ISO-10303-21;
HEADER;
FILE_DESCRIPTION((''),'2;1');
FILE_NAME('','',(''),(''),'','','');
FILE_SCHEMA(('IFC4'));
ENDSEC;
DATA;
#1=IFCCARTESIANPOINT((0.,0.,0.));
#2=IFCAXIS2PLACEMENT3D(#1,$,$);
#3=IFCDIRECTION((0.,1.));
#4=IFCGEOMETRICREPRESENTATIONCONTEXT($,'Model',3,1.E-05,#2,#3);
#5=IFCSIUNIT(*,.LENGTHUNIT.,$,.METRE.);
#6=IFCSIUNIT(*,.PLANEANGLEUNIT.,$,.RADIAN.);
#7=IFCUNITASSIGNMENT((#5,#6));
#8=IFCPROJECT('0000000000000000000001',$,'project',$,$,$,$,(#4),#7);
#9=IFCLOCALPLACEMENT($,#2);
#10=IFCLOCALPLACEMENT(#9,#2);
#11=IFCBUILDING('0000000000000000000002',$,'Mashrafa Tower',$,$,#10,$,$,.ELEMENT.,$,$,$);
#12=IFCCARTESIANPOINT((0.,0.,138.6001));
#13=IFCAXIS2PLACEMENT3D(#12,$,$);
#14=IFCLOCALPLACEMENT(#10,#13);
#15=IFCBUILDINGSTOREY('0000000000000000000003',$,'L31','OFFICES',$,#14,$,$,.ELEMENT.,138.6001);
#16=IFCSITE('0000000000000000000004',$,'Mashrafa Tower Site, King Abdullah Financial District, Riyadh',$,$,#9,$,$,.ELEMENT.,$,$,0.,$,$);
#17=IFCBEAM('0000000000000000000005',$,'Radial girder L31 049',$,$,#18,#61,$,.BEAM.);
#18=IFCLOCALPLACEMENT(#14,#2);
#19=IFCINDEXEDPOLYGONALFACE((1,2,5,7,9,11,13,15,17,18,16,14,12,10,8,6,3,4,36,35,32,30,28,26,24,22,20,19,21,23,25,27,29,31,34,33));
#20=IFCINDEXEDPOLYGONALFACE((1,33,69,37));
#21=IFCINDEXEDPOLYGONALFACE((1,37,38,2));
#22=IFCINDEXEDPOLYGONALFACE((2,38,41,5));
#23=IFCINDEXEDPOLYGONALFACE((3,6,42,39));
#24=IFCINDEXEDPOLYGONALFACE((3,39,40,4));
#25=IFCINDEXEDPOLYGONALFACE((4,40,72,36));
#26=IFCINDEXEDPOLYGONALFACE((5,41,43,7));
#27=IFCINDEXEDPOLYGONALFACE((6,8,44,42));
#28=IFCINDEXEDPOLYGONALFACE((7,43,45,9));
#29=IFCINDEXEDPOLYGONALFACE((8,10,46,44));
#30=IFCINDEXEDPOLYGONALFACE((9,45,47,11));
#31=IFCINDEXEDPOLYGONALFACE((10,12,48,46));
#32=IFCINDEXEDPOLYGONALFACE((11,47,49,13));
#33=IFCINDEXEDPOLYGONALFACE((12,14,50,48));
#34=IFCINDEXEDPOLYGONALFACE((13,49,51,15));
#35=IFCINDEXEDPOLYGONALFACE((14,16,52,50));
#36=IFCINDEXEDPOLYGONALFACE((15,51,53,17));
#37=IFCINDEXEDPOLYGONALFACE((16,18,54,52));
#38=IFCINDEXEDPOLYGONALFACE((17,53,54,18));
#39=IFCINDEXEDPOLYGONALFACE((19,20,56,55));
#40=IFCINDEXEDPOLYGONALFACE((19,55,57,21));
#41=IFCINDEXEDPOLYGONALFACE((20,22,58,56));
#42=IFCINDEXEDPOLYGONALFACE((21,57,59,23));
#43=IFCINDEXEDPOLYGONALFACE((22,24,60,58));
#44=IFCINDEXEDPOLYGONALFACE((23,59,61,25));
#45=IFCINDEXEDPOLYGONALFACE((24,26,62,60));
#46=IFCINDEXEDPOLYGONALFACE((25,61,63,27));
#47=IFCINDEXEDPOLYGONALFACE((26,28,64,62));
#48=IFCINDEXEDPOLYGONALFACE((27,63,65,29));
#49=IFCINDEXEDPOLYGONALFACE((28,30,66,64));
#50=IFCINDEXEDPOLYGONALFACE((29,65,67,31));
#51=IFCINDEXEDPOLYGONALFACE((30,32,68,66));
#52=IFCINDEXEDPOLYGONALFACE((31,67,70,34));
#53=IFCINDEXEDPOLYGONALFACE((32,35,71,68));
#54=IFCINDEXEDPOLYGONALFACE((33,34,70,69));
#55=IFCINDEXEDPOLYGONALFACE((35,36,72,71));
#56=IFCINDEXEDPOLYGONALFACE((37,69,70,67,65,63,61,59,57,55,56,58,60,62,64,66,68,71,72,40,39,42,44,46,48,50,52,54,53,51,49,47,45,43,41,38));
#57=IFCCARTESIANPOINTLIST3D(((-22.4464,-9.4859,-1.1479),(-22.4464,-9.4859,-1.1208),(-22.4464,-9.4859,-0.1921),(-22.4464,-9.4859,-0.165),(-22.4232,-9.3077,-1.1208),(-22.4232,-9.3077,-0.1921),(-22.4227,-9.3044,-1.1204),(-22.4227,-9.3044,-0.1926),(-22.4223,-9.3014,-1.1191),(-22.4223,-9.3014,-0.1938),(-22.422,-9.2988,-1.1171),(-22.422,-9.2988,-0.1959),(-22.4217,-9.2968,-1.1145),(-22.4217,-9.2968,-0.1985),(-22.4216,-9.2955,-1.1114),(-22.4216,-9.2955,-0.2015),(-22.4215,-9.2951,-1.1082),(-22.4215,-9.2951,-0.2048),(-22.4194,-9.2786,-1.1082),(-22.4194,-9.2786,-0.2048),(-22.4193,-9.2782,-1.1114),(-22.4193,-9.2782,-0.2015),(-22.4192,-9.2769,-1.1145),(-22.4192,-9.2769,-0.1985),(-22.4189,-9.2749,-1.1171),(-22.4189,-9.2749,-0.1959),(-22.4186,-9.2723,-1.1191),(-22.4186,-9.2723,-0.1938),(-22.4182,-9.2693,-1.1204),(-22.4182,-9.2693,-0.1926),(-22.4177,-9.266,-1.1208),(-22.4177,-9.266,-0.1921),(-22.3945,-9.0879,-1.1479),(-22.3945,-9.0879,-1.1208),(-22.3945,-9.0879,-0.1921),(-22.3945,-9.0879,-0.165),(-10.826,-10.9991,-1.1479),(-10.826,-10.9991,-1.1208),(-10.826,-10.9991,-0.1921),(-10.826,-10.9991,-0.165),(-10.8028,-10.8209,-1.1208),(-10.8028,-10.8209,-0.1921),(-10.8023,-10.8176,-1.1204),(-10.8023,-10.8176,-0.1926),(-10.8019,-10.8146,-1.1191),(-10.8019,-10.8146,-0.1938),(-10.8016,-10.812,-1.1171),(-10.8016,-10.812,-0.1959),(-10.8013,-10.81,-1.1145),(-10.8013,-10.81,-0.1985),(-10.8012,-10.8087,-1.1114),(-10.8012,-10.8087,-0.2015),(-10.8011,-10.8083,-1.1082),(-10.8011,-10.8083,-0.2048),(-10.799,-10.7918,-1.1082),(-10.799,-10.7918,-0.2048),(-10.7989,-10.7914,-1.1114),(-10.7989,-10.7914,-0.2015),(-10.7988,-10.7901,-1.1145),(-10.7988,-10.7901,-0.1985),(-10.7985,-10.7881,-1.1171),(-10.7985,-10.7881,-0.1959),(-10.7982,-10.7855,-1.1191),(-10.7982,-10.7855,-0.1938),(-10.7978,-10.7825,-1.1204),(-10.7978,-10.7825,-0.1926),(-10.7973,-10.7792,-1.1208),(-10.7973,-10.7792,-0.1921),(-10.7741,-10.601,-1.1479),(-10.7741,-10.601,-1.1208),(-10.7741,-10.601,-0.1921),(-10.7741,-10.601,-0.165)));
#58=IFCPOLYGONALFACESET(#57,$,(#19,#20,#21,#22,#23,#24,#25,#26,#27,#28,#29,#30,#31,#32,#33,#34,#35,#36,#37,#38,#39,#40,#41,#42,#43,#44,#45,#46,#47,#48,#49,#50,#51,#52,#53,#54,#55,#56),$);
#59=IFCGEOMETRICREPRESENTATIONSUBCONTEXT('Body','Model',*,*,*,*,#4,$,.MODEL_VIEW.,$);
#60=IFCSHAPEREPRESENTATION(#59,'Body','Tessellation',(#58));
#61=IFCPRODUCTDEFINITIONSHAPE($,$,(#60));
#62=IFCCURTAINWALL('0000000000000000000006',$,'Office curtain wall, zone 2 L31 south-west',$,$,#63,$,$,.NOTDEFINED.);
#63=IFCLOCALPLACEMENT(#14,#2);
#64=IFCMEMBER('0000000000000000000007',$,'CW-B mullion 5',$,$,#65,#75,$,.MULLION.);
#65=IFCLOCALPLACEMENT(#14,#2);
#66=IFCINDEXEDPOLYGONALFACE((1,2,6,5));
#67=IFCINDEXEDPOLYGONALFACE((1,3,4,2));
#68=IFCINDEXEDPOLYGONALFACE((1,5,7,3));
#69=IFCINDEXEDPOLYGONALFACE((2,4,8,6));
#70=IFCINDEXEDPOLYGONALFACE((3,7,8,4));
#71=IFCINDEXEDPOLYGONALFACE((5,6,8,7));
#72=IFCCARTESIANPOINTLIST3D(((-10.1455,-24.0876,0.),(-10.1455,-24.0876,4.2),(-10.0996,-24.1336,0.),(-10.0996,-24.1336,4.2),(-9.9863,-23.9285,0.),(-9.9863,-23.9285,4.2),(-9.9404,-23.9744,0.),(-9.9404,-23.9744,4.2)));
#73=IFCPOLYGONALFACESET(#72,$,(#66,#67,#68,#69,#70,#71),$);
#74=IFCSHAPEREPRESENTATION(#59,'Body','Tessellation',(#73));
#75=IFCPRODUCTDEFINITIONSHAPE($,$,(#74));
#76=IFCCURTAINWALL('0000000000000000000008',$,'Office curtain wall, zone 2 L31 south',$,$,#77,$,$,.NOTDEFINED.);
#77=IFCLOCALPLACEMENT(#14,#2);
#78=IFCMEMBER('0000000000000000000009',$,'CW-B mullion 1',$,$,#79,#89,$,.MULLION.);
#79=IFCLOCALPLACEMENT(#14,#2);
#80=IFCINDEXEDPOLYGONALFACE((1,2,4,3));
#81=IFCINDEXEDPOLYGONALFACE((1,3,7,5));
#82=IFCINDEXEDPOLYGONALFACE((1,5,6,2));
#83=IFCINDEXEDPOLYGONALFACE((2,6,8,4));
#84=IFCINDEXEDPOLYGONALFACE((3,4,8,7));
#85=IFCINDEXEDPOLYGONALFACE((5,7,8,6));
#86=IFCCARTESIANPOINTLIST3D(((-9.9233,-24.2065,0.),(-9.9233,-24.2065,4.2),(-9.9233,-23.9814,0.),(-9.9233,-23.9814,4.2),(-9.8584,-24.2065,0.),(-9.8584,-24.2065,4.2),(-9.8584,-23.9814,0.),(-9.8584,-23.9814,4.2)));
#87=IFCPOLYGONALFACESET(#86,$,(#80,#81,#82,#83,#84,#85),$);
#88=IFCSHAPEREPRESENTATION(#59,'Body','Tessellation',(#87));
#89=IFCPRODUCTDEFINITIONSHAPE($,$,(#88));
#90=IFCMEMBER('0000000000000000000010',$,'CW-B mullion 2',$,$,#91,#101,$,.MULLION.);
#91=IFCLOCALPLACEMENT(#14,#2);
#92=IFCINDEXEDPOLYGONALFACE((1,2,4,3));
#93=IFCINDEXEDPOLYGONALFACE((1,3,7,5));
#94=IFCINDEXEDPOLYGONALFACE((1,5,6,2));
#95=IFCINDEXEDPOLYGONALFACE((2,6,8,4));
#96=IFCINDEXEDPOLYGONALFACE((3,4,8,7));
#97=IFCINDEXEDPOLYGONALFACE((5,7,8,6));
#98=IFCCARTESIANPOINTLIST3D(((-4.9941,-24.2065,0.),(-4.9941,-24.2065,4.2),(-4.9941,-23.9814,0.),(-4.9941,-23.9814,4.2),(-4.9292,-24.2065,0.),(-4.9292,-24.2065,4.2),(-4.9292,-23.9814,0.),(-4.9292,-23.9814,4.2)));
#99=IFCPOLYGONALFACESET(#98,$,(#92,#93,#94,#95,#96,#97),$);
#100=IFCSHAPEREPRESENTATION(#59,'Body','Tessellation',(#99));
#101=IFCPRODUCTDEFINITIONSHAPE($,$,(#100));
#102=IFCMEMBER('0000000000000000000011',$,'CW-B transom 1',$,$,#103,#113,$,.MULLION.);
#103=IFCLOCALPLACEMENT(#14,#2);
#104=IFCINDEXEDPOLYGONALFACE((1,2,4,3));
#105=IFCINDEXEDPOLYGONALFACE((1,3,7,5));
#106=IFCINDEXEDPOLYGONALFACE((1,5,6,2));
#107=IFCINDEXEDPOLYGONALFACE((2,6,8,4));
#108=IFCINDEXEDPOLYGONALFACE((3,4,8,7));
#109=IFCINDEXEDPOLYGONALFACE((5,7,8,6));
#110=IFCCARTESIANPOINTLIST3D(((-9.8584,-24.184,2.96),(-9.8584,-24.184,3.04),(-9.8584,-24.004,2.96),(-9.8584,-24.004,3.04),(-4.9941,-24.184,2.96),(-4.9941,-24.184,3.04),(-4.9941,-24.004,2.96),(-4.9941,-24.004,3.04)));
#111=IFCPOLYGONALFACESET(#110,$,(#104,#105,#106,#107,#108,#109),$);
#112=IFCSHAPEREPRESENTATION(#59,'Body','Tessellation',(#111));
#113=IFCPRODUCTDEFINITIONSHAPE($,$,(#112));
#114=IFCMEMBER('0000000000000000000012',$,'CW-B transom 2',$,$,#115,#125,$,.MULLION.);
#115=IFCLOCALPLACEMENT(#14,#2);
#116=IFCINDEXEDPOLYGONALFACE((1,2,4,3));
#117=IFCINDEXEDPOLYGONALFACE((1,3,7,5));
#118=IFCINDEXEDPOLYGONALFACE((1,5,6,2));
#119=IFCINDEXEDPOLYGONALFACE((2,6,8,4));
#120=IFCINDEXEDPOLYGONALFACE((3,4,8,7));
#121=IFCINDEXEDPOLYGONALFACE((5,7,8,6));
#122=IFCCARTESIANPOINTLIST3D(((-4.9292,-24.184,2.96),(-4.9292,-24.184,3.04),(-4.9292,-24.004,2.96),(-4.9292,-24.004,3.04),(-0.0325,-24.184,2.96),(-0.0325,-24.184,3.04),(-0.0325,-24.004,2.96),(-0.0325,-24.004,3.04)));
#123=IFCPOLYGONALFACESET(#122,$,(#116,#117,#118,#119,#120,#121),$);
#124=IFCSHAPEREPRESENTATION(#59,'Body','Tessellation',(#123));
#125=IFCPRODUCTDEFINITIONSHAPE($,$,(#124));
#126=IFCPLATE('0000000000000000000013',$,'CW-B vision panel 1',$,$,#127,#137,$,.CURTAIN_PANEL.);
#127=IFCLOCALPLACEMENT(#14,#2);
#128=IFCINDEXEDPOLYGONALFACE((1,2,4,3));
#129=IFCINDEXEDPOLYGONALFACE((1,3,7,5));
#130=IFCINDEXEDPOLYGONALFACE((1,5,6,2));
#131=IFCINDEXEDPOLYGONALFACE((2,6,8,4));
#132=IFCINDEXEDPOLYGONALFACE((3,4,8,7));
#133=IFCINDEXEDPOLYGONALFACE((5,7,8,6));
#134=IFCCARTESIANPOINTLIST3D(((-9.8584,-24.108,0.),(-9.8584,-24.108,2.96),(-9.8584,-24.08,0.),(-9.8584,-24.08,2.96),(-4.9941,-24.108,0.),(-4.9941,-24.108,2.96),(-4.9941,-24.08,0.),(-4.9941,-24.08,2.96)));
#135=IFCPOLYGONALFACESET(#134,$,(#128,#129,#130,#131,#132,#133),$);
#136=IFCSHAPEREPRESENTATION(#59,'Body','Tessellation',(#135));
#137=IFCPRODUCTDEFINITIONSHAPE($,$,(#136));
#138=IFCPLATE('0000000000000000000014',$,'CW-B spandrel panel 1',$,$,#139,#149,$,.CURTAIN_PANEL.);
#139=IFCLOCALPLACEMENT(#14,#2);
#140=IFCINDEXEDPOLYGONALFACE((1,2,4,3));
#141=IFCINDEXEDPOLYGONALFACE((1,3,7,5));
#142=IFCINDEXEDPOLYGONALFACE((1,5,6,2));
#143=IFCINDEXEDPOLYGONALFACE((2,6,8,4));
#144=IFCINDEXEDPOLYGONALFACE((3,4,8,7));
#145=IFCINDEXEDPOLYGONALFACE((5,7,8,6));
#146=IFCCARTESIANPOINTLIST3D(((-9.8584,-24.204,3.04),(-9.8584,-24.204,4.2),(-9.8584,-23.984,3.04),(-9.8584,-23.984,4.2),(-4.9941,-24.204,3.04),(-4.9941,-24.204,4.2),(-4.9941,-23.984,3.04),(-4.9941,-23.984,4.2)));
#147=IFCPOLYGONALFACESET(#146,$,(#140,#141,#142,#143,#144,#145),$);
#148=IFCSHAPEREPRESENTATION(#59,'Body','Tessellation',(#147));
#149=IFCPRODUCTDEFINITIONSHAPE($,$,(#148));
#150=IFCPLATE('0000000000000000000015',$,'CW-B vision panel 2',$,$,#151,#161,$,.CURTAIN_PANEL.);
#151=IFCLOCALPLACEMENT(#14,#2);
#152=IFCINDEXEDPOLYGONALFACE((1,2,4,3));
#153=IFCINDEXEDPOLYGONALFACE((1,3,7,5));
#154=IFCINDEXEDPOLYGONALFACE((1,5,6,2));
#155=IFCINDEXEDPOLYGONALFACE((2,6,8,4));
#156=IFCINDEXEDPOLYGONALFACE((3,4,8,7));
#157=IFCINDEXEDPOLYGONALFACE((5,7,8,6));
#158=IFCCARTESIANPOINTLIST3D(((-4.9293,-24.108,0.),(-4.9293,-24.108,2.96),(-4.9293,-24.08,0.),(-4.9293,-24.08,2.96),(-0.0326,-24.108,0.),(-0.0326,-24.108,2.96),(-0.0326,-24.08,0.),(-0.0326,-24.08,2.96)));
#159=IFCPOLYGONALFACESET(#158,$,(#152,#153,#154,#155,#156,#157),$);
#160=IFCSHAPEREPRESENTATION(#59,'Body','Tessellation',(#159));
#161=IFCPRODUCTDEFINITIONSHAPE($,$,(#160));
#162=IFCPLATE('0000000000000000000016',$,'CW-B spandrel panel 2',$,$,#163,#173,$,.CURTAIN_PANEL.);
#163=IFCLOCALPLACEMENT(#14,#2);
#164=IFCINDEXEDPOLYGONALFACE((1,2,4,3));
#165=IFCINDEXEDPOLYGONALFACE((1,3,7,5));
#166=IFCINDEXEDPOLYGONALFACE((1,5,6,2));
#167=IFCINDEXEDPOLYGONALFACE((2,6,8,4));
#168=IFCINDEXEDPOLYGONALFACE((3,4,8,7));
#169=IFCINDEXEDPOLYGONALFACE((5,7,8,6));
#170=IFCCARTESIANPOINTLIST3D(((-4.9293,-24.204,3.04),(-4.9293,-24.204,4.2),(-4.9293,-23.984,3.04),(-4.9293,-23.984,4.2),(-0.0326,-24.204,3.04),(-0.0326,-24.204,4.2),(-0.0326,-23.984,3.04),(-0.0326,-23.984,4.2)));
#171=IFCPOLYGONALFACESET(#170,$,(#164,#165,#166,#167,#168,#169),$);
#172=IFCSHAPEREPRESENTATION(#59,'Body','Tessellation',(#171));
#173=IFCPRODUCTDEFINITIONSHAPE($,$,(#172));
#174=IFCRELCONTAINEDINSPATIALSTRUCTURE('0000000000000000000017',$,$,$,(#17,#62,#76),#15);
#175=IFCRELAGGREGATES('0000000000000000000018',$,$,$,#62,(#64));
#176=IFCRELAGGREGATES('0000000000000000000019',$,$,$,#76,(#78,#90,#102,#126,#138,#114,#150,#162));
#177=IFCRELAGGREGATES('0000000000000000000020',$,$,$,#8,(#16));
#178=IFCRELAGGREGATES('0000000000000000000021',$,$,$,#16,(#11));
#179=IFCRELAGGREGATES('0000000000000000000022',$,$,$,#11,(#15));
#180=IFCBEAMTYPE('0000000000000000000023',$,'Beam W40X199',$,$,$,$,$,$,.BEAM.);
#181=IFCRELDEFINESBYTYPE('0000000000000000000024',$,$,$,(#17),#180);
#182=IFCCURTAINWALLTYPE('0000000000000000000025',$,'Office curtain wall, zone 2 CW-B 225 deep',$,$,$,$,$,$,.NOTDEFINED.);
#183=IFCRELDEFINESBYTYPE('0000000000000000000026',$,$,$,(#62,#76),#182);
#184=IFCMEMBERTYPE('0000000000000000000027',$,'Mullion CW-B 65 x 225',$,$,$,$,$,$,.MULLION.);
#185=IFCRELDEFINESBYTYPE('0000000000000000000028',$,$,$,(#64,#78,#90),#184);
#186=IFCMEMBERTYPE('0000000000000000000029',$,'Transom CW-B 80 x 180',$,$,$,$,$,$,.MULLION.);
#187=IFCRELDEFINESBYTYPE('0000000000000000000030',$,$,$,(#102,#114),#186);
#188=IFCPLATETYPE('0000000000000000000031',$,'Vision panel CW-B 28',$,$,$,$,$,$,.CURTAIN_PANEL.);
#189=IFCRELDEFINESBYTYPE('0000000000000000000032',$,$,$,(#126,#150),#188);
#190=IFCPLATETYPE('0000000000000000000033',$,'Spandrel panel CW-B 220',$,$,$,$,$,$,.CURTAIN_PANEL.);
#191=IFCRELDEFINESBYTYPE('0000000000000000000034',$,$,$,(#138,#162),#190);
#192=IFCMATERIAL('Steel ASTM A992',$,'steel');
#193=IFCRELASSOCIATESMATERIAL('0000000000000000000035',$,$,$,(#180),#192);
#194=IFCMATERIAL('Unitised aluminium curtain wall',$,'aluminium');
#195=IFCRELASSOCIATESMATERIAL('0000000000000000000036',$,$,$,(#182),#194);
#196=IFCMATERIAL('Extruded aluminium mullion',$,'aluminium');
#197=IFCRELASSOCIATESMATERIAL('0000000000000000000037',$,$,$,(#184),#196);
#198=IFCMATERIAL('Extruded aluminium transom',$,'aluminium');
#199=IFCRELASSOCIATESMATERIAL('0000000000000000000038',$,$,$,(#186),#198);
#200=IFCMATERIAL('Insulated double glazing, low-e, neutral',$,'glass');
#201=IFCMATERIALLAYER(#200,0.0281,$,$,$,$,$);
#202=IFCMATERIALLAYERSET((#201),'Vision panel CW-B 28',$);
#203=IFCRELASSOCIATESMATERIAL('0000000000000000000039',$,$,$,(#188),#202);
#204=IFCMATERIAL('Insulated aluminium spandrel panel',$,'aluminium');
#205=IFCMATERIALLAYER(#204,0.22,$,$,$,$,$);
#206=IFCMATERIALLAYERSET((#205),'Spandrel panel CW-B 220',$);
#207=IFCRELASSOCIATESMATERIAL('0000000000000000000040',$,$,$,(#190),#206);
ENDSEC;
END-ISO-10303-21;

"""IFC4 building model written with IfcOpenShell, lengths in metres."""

from ifc_helpers import new_model, si_unit, direction, frame, origin, origin_2d, place, context, subcontext, project, spatial, rectangle, i_section, extrude, source, transform, mapped, material, layer, layer_set, material_profile, profile_set, type_object, type_shapes, element, aggregate, save


model = new_model("IFC4")

# Units and contexts
model_context = context("Model", 3, precision=1e-05, world=origin(), true_north=direction((0.0, 1.0)))
body_context = subcontext(model_context, "Body", "Model", "MODEL_VIEW")
ifc_project = project(units=[si_unit("LENGTHUNIT", "METRE"), si_unit("PLANEANGLEUNIT", "RADIAN")], contexts=[model_context])

# Site, building, storey
site_placement = place(None, origin())
site = spatial("IfcSite", under=ifc_project, at=site_placement, Name="Mashrafa Tower Site, King Abdullah Financial District, Riyadh", CompositionType="ELEMENT", RefElevation=0.0)
building_placement = place(site_placement, origin())
building = spatial("IfcBuilding", under=site, at=building_placement, Name="Mashrafa Tower", CompositionType="ELEMENT")
storey_placement = place(building_placement, frame((0.0, 0.0, 138.6001)))
storey = spatial("IfcBuildingStorey", under=building, at=storey_placement, Name="L31", Description="OFFICES", CompositionType="ELEMENT", Elevation=138.6001)

# Beam
ifc_material_1 = material(Name="Steel ASTM A992", Category="steel")
ifc_material_profile_1 = material_profile(ifc_material_1, i_section(OverallWidth=0.4014, OverallDepth=0.9829, WebThickness=0.0166, FlangeThickness=0.0271, FilletRadius=0.0127, at=origin_2d()), Name="W40X199")
ifc_profile_set_1 = profile_set([ifc_material_profile_1], Name="Steel ASTM A992")
beam_type_1 = type_object("IfcBeamType", Name="Beam W40X199", PredefinedType="BEAM", material=ifc_profile_set_1)
beam_1_placement = place(storey_placement, frame((-10.8, -10.8, -0.6565), z_axis=(-0.991628, 0.129128, 0.0), x_axis=(-0.129128, -0.991628, 0.0)))
element("IfcBeam", 1, at=beam_1_placement, inside=storey, type_object=beam_type_1, Name="Radial girder L31 049", PredefinedType="BEAM", context=body_context, shape_type="SweptSolid", body=[
    extrude(i_section(OverallWidth=0.4014, OverallDepth=0.9829, WebThickness=0.0166, FlangeThickness=0.0271, FilletRadius=0.0127, at=origin_2d()), origin(), (0.0, 0.0, 1.0), 11.7185),
])

# Curtain wall, member
ifc_material_2 = material(Name="Unitised aluminium curtain wall", Category="aluminium")
curtain_wall_type = type_object("IfcCurtainWallType", Name="Office curtain wall, zone 2 CW-B 225 deep", PredefinedType="NOTDEFINED", material=ifc_material_2)
curtain_wall_1_placement = place(storey_placement, origin())
curtain_wall_1 = element("IfcCurtainWall", 2, at=curtain_wall_1_placement, inside=storey, type_object=curtain_wall_type, Name="Office curtain wall, zone 2 L31 south-west", PredefinedType="NOTDEFINED")
ifc_material_3 = material(Name="Extruded aluminium mullion", Category="aluminium")
ifc_material_profile_2 = material_profile(ifc_material_3, rectangle(XDim=0.2251, YDim=0.0649, at=origin_2d()), Name="Mullion 65x225")
ifc_profile_set_2 = profile_set([ifc_material_profile_2], Name="Extruded aluminium mullion")
member_type_1 = type_object("IfcMemberType", Name="Mullion CW-B 65 x 225", PredefinedType="MULLION", material=ifc_profile_set_2)
shared_shape_1 = source(origin(), body_context, "Body", "SweptSolid", [
    extrude(rectangle(XDim=0.2251, YDim=0.0649, at=origin_2d()), origin(), (0.0, 0.0, 1.0), 4.2),
])
type_shapes(member_type_1, [shared_shape_1])
member_1_placement = place(storey_placement, frame((-10.043, -24.031, 0.0), z_axis=(0.0, 0.0, 1.0), x_axis=(0.707107, 0.707107, 0.0)))
member_1 = element("IfcMember", 3, at=member_1_placement, type_object=member_type_1, Name="CW-B mullion 5", PredefinedType="MULLION", context=body_context, shape_type="MappedRepresentation", body=[
    mapped(shared_shape_1, transform((0.0, 0.0, 0.0))),
])
aggregate(curtain_wall_1, [member_1])

# Curtain wall, members, plates
curtain_wall_2_placement = place(storey_placement, origin())
curtain_wall_2 = element("IfcCurtainWall", 4, at=curtain_wall_2_placement, inside=storey, type_object=curtain_wall_type, Name="Office curtain wall, zone 2 L31 south", PredefinedType="NOTDEFINED")
member_2_placement = place(storey_placement, frame((-9.8909, -24.094, 0.0), z_axis=(0.0, 0.0, 1.0), x_axis=(0.0, 1.0, 0.0)))
member_2 = element("IfcMember", 5, at=member_2_placement, type_object=member_type_1, Name="CW-B mullion 1", PredefinedType="MULLION", context=body_context, shape_type="MappedRepresentation", body=[
    mapped(shared_shape_1, transform((0.0, 0.0, 0.0))),
])
member_3_placement = place(storey_placement, frame((-4.9617, -24.094, 0.0), z_axis=(0.0, 0.0, 1.0), x_axis=(0.0, 1.0, 0.0)))
member_3 = element("IfcMember", 6, at=member_3_placement, type_object=member_type_1, Name="CW-B mullion 2", PredefinedType="MULLION", context=body_context, shape_type="MappedRepresentation", body=[
    mapped(shared_shape_1, transform((0.0, 0.0, 0.0))),
])
ifc_material_4 = material(Name="Extruded aluminium transom", Category="aluminium")
ifc_material_profile_3 = material_profile(ifc_material_4, rectangle(XDim=0.1799, YDim=0.0801, at=origin_2d()), Name="Transom 80x180")
ifc_profile_set_3 = profile_set([ifc_material_profile_3], Name="Extruded aluminium transom")
member_type_2 = type_object("IfcMemberType", Name="Transom CW-B 80 x 180", PredefinedType="MULLION", material=ifc_profile_set_3)
shared_shape_2 = source(origin(), body_context, "Body", "SweptSolid", [
    extrude(rectangle(XDim=0.1799, YDim=0.0801, at=origin_2d()), origin(), (0.0, 0.0, 1.0), 4.8643),
])
member_4_placement = place(storey_placement, frame((-9.8584, -24.094, 3.0), z_axis=(1.0, 0.0, 0.0), x_axis=(0.0, 1.0, 0.0)))
member_4 = element("IfcMember", 7, at=member_4_placement, type_object=member_type_2, Name="CW-B transom 1", PredefinedType="MULLION", context=body_context, shape_type="MappedRepresentation", body=[
    mapped(shared_shape_2, transform((0.0, 0.0, 0.0))),
])
shared_shape_3 = source(origin(), body_context, "Body", "SweptSolid", [
    extrude(rectangle(XDim=0.1799, YDim=0.0801, at=origin_2d()), origin(), (0.0, 0.0, 1.0), 4.8967),
])
type_shapes(member_type_2, [shared_shape_2, shared_shape_3])
member_5_placement = place(storey_placement, frame((-4.9292, -24.094, 3.0), z_axis=(1.0, 0.0, 0.0), x_axis=(0.0, 1.0, 0.0)))
member_5 = element("IfcMember", 8, at=member_5_placement, type_object=member_type_2, Name="CW-B transom 2", PredefinedType="MULLION", context=body_context, shape_type="MappedRepresentation", body=[
    mapped(shared_shape_3, transform((0.0, 0.0, 0.0))),
])
ifc_material_5 = material(Name="Insulated double glazing, low-e, neutral", Category="glass")
ifc_layer_1 = layer(ifc_material_5, 0.0281)
ifc_layer_set_1 = layer_set([ifc_layer_1], Name="Vision panel CW-B 28")
plate_type_1 = type_object("IfcPlateType", Name="Vision panel CW-B 28", PredefinedType="CURTAIN_PANEL", material=ifc_layer_set_1)
shared_shape_4 = source(origin(), body_context, "Body", "SweptSolid", [
    extrude(rectangle(XDim=4.8643, YDim=0.0281, at=origin_2d()), origin(), (0.0, 0.0, 1.0), 2.96),
])
plate_1_placement = place(storey_placement, frame((-7.4263, -24.094, 0.0), z_axis=(0.0, 0.0, 1.0), x_axis=(1.0, 0.0, 0.0)))
plate_1 = element("IfcPlate", 9, at=plate_1_placement, type_object=plate_type_1, Name="CW-B vision panel 1", PredefinedType="CURTAIN_PANEL", context=body_context, shape_type="MappedRepresentation", body=[
    mapped(shared_shape_4, transform((0.0, 0.0, 0.0))),
])
ifc_material_6 = material(Name="Insulated aluminium spandrel panel", Category="aluminium")
ifc_layer_2 = layer(ifc_material_6, 0.22)
ifc_layer_set_2 = layer_set([ifc_layer_2], Name="Spandrel panel CW-B 220")
plate_type_2 = type_object("IfcPlateType", Name="Spandrel panel CW-B 220", PredefinedType="CURTAIN_PANEL", material=ifc_layer_set_2)
shared_shape_5 = source(origin(), body_context, "Body", "SweptSolid", [
    extrude(rectangle(XDim=4.8643, YDim=0.22, at=origin_2d()), origin(), (0.0, 0.0, 1.0), 1.1599),
])
plate_2_placement = place(storey_placement, frame((-7.4263, -24.094, 3.04), z_axis=(0.0, 0.0, 1.0), x_axis=(1.0, 0.0, 0.0)))
plate_2 = element("IfcPlate", 10, at=plate_2_placement, type_object=plate_type_2, Name="CW-B spandrel panel 1", PredefinedType="CURTAIN_PANEL", context=body_context, shape_type="MappedRepresentation", body=[
    mapped(shared_shape_5, transform((0.0, 0.0, 0.0))),
])
shared_shape_6 = source(origin(), body_context, "Body", "SweptSolid", [
    extrude(rectangle(XDim=4.8967, YDim=0.0281, at=origin_2d()), origin(), (0.0, 0.0, 1.0), 2.96),
])
type_shapes(plate_type_1, [shared_shape_4, shared_shape_6])
plate_3_placement = place(storey_placement, frame((-2.481, -24.094, 0.0), z_axis=(0.0, 0.0, 1.0), x_axis=(1.0, 0.0, 0.0)))
plate_3 = element("IfcPlate", 11, at=plate_3_placement, type_object=plate_type_1, Name="CW-B vision panel 2", PredefinedType="CURTAIN_PANEL", context=body_context, shape_type="MappedRepresentation", body=[
    mapped(shared_shape_6, transform((0.0, 0.0, 0.0))),
])
shared_shape_7 = source(origin(), body_context, "Body", "SweptSolid", [
    extrude(rectangle(XDim=4.8967, YDim=0.22, at=origin_2d()), origin(), (0.0, 0.0, 1.0), 1.1599),
])
type_shapes(plate_type_2, [shared_shape_5, shared_shape_7])
plate_4_placement = place(storey_placement, frame((-2.481, -24.094, 3.04), z_axis=(0.0, 0.0, 1.0), x_axis=(1.0, 0.0, 0.0)))
plate_4 = element("IfcPlate", 12, at=plate_4_placement, type_object=plate_type_2, Name="CW-B spandrel panel 2", PredefinedType="CURTAIN_PANEL", context=body_context, shape_type="MappedRepresentation", body=[
    mapped(shared_shape_7, transform((0.0, 0.0, 0.0))),
])
aggregate(curtain_wall_2, [member_2, member_3, member_4, plate_1, plate_2, member_5, plate_3, plate_4])

save(model, "model.ifc")
